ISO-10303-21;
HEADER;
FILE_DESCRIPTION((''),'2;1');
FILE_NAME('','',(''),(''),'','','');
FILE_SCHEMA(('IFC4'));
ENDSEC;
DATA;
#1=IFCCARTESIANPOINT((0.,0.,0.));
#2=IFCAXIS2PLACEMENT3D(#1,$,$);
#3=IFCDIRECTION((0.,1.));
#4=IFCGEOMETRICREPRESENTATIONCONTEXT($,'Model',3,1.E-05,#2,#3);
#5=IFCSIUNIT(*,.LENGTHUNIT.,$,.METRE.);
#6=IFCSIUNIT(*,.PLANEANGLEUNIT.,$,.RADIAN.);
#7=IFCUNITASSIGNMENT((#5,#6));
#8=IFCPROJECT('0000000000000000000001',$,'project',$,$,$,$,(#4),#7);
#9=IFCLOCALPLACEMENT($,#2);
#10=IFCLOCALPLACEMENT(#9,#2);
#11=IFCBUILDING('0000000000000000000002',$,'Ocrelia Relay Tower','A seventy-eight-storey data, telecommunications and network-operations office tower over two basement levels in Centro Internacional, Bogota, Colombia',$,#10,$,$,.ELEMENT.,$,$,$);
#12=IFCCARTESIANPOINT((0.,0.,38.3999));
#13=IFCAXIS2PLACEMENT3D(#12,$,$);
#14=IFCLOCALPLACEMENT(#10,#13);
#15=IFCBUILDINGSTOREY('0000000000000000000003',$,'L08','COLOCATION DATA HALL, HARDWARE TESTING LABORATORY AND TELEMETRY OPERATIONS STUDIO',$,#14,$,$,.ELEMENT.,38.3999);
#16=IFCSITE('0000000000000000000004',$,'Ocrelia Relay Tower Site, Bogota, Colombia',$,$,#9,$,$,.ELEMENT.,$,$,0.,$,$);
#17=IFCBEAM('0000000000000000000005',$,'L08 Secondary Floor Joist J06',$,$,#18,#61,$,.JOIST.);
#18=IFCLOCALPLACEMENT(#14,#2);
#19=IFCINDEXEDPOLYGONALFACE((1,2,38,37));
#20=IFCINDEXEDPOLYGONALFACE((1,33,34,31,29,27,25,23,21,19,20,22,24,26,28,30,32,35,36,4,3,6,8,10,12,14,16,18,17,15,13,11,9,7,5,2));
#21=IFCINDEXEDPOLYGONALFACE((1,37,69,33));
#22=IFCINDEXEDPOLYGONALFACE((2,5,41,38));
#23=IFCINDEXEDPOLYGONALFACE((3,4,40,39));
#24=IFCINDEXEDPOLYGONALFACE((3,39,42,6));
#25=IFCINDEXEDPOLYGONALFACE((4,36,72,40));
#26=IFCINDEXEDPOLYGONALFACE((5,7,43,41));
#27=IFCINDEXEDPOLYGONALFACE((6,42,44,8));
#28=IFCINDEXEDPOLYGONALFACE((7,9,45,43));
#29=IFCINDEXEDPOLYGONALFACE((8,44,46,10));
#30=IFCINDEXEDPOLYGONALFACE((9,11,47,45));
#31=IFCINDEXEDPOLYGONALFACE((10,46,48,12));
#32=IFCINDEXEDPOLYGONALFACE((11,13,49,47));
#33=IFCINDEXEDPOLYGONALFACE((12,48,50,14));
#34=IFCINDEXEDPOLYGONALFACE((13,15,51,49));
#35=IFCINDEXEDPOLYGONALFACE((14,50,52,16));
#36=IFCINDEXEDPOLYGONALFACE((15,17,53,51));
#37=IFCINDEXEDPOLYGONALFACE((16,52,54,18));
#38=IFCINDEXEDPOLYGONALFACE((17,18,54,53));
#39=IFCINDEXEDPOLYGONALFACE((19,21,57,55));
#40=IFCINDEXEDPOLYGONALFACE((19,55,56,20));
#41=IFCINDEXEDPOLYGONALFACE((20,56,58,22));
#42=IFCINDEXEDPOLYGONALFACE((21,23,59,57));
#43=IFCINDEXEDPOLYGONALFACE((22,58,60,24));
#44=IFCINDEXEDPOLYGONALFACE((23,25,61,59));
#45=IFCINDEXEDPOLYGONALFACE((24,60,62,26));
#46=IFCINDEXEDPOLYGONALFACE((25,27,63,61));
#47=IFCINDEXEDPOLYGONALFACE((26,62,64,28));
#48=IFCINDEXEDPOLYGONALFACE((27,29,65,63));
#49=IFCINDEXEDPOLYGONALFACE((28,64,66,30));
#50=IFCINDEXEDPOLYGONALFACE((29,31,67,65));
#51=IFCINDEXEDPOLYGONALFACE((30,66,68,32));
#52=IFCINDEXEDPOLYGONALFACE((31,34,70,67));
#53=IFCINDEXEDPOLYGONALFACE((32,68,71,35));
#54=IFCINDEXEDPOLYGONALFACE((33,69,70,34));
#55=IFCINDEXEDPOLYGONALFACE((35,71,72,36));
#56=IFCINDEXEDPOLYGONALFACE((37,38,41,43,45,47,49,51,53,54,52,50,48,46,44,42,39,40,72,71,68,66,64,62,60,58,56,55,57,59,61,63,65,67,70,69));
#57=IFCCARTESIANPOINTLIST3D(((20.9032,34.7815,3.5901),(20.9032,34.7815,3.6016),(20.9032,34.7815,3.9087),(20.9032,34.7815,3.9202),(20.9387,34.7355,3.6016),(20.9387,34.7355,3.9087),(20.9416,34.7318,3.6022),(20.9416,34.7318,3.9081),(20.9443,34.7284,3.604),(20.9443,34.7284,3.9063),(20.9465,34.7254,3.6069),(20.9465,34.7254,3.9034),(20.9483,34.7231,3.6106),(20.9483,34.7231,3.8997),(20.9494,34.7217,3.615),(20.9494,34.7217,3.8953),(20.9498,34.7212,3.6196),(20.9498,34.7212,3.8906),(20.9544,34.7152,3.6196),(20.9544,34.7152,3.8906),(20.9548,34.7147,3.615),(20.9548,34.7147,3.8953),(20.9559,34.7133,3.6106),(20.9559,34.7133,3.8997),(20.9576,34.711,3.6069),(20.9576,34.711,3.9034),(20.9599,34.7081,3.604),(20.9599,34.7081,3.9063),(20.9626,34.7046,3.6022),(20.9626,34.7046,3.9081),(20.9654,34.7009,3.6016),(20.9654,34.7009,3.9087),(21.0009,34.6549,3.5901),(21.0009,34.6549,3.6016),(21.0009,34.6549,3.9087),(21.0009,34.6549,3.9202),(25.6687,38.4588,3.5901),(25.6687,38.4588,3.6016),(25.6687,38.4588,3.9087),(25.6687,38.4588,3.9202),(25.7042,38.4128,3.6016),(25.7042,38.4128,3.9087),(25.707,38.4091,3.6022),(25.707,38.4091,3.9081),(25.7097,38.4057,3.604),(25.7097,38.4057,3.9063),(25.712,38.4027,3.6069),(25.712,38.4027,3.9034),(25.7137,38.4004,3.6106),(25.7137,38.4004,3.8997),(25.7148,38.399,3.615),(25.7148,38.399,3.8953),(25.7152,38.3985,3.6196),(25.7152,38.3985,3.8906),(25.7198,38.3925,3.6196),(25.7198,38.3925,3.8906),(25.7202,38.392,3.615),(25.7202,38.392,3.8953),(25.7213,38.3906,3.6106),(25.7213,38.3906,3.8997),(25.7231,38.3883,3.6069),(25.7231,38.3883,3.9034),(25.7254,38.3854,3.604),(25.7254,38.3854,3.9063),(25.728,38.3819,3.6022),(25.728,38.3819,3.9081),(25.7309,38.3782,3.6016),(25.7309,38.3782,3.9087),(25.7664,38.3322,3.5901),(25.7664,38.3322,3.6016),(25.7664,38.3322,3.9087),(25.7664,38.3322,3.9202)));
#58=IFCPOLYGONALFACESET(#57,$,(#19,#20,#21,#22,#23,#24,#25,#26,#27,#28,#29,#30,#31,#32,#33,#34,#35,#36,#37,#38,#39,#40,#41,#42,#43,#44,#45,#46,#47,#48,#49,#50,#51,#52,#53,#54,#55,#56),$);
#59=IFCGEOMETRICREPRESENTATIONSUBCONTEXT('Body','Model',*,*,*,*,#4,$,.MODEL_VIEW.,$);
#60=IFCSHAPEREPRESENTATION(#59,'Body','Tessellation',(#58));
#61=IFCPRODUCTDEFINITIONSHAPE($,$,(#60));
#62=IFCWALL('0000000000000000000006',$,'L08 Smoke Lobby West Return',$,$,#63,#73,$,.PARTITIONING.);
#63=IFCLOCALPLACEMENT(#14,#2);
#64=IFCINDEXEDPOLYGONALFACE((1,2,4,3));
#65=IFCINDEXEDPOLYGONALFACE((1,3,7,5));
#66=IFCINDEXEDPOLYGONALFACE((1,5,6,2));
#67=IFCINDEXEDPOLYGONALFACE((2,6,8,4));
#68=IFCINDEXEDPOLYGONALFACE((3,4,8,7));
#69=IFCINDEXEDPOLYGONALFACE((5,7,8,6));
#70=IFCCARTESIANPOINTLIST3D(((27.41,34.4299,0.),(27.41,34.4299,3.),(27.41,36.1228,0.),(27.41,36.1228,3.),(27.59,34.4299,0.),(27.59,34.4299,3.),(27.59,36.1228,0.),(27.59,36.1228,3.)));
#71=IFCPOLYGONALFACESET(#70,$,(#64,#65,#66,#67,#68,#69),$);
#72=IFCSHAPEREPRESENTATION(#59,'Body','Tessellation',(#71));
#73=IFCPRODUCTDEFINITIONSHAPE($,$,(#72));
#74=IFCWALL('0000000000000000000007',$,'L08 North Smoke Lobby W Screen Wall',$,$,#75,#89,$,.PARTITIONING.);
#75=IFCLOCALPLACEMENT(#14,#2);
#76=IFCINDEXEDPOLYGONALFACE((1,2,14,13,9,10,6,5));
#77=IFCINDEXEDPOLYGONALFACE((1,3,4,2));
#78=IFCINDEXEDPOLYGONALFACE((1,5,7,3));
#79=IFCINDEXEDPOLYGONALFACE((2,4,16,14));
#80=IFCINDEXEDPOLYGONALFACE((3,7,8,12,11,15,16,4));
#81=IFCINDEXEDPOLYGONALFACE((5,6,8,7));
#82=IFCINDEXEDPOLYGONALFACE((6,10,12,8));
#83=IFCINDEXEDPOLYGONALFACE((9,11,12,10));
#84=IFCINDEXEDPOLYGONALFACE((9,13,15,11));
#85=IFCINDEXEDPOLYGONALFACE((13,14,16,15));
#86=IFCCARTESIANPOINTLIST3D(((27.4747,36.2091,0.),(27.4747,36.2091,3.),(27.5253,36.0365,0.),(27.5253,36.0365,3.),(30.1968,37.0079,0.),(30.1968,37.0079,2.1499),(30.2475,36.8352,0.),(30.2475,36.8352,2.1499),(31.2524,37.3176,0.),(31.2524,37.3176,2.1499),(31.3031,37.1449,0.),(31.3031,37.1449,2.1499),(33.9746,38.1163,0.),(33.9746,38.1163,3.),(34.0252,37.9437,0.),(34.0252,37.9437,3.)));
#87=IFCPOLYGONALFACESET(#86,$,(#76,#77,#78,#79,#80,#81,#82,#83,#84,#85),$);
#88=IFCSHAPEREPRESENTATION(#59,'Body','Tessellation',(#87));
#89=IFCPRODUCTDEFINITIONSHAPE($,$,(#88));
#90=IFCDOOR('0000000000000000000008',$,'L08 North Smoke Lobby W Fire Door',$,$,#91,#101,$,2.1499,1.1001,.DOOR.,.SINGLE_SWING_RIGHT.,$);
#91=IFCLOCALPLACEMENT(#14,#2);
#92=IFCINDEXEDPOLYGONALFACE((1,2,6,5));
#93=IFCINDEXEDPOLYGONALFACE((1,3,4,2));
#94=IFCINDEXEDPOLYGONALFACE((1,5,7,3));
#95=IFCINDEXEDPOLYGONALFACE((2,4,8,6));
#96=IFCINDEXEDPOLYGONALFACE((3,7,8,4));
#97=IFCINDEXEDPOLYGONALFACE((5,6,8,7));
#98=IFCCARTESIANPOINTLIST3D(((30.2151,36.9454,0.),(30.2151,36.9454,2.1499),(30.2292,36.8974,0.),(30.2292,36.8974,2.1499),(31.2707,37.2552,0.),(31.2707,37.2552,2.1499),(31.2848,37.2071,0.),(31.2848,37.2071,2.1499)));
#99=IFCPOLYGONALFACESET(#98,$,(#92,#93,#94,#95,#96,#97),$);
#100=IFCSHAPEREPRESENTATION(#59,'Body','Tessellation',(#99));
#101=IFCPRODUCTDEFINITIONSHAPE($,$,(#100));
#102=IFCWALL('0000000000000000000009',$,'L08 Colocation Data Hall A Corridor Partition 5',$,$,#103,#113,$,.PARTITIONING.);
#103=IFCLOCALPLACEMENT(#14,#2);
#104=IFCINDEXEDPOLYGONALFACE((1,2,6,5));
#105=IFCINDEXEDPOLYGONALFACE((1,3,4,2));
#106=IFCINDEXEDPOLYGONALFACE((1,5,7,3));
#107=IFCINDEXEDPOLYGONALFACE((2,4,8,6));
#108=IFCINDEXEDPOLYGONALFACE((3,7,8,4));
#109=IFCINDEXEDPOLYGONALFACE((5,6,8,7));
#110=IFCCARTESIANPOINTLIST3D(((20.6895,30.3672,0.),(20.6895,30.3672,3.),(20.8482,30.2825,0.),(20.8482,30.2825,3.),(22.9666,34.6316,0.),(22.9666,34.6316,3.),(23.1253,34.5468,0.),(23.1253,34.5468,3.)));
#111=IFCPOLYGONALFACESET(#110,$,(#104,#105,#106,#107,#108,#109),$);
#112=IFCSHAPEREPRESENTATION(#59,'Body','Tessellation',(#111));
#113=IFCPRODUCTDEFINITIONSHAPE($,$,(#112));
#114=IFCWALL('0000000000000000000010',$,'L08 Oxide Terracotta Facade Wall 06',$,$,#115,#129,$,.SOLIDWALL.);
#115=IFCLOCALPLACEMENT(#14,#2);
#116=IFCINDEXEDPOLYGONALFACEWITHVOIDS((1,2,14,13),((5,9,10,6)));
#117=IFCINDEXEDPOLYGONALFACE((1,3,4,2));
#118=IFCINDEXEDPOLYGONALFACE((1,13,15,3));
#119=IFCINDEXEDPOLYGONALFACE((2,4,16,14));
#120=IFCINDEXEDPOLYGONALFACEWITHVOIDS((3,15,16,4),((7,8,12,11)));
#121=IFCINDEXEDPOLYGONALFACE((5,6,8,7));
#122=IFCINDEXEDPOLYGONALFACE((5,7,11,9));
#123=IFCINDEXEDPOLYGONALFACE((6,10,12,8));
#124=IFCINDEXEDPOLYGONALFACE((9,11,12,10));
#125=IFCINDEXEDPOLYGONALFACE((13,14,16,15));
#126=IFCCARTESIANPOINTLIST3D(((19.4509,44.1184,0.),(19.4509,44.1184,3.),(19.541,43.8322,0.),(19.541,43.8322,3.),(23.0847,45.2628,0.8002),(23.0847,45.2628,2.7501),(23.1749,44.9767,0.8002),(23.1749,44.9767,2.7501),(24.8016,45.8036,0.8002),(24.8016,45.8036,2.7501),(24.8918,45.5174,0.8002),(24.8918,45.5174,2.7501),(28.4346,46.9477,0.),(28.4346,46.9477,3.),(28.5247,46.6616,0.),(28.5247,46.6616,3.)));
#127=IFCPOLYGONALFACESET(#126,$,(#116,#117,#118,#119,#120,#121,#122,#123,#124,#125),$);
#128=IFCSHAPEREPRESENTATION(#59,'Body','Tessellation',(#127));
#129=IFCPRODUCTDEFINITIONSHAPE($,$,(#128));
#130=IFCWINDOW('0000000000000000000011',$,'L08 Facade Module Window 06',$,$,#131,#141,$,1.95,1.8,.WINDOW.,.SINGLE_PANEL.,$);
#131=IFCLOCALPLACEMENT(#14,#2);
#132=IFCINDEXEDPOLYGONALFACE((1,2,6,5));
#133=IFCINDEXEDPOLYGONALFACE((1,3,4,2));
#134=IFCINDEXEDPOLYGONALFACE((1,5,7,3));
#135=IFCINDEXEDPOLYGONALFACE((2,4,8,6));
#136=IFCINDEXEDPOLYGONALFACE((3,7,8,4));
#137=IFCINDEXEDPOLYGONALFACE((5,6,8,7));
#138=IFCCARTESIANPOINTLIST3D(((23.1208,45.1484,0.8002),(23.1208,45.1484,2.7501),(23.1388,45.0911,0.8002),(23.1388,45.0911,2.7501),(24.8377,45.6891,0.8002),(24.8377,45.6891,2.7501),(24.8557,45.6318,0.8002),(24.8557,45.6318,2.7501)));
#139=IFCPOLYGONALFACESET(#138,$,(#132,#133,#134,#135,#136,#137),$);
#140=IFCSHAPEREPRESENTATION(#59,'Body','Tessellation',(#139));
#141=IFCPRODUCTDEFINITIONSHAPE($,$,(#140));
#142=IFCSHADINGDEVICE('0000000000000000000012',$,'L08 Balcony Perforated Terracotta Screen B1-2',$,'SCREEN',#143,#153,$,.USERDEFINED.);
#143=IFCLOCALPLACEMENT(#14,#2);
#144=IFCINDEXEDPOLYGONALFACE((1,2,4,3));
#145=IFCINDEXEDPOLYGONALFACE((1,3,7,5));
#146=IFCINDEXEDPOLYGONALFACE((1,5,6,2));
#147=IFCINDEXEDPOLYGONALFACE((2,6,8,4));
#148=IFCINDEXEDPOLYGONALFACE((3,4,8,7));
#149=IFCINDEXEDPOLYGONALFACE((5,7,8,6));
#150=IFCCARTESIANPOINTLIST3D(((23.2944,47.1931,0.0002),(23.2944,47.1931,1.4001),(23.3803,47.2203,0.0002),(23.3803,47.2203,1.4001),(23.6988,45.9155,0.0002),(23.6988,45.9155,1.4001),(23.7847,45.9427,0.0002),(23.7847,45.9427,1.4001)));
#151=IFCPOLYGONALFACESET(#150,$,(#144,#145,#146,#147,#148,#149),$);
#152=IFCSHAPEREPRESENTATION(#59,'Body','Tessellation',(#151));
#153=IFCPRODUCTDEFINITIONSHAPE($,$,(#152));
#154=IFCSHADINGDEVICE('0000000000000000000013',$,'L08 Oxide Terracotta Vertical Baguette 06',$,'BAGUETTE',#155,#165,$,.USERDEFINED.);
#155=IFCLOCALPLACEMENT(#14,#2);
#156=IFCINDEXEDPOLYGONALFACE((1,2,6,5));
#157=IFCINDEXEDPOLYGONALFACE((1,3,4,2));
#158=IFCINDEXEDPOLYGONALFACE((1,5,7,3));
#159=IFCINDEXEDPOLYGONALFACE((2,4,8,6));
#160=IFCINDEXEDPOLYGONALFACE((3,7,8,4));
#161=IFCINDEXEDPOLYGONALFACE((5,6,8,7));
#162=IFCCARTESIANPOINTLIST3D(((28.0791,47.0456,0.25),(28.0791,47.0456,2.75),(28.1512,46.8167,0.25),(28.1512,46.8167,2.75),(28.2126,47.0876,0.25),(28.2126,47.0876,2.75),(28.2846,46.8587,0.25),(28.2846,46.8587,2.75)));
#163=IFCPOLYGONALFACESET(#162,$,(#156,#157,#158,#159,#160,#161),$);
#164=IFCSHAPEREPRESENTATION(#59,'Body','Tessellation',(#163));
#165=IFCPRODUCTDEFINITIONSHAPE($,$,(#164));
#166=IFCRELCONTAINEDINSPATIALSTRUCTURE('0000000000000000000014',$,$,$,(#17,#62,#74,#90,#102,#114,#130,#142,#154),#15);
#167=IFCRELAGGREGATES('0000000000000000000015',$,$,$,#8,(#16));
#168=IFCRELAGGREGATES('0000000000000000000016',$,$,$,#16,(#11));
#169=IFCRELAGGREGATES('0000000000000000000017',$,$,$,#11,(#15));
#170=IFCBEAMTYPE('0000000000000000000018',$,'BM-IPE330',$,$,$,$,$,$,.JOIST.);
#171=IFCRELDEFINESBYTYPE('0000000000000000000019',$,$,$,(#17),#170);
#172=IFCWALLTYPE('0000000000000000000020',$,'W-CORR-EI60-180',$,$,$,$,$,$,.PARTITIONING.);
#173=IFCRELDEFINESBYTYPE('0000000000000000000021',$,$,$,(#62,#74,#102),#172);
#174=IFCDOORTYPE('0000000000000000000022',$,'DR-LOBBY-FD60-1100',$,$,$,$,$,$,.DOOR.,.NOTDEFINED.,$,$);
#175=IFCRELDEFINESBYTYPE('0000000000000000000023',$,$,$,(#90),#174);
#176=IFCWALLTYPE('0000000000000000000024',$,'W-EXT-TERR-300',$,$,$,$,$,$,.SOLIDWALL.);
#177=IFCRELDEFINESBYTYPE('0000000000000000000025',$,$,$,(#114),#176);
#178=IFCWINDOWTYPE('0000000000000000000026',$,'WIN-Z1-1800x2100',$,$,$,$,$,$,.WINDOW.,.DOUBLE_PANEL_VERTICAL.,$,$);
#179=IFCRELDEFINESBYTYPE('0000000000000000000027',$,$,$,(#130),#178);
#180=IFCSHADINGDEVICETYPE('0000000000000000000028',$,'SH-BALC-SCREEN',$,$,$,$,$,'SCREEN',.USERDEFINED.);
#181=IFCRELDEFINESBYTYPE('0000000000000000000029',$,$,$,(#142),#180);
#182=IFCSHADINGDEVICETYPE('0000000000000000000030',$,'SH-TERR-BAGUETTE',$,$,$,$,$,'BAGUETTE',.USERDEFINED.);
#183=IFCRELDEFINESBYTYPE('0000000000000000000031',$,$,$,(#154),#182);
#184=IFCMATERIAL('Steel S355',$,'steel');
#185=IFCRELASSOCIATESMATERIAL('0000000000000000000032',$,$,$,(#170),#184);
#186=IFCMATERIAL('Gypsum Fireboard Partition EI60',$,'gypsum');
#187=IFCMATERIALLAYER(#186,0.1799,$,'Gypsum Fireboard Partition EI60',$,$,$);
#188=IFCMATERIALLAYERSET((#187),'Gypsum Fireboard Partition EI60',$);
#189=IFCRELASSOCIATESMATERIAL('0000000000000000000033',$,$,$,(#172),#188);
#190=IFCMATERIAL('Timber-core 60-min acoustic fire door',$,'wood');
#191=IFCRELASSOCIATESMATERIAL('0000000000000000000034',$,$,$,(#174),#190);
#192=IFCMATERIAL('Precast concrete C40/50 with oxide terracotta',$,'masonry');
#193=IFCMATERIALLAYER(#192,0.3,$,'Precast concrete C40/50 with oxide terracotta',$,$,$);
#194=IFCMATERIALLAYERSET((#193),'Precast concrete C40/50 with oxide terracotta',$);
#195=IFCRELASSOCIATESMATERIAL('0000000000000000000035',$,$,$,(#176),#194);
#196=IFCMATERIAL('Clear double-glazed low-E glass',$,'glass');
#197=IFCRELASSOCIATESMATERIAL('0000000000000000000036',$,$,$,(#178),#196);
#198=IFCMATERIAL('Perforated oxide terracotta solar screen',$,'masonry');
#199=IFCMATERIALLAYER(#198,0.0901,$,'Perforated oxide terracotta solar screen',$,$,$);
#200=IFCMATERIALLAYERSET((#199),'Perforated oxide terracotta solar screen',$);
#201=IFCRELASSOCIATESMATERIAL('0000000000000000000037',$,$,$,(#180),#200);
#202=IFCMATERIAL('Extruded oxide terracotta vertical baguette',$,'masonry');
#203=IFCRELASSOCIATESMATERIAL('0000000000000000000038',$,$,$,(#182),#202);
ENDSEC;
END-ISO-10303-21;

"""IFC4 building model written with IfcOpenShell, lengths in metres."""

from ifc_helpers import new_model, si_unit, direction, frame, frame_2d, origin, origin_2d, place, context, subcontext, project, spatial, rectangle, i_section, extrude, material, layer, layer_set, material_profile, profile_set, type_object, element, fill, save


model = new_model("IFC4")

# Units and contexts
model_context = context("Model", 3, precision=1e-05, world=origin(), true_north=direction((0.0, 1.0)))
body_context = subcontext(model_context, "Body", "Model", "MODEL_VIEW")
ifc_project = project(units=[si_unit("LENGTHUNIT", "METRE"), si_unit("PLANEANGLEUNIT", "RADIAN")], contexts=[model_context])

# Site, building, storey
site_placement = place(None, origin())
site = spatial("IfcSite", under=ifc_project, at=site_placement, Name="Ocrelia Relay Tower Site, Bogota, Colombia", CompositionType="ELEMENT", RefElevation=0.0)
building_placement = place(site_placement, origin())
building = spatial("IfcBuilding", under=site, at=building_placement, Name="Ocrelia Relay Tower", Description="A seventy-eight-storey data, telecommunications and network-operations office tower over two basement levels in Centro Internacional, Bogota, Colombia", CompositionType="ELEMENT")
storey_placement = place(building_placement, frame((0.0, 0.0, 38.3999)))
storey = spatial("IfcBuildingStorey", under=building, at=storey_placement, Name="L08", Description="COLOCATION DATA HALL, HARDWARE TESTING LABORATORY AND TELEMETRY OPERATIONS STUDIO", CompositionType="ELEMENT", Elevation=38.3999)

# Beam
ifc_material_1 = material(Name="Steel S355", Category="steel")
ifc_material_profile_1 = material_profile(ifc_material_1, i_section(OverallWidth=0.1599, OverallDepth=0.3301, WebThickness=0.0076, FlangeThickness=0.0115, FilletRadius=0.0181, at=origin_2d()), Name="IPE 330")
ifc_profile_set_1 = profile_set([ifc_material_profile_1], Name="Steel S355")
beam_type_1 = type_object("IfcBeamType", Name="BM-IPE330", PredefinedType="JOIST", material=ifc_profile_set_1)
beam_1_placement = place(storey_placement, frame((25.7175, 38.3955, 3.7551), z_axis=(-0.791694, -0.610918, 0.0), x_axis=(0.610918, -0.791694, 0.0)))
element("IfcBeam", 1, at=beam_1_placement, inside=storey, type_object=beam_type_1, Name="L08 Secondary Floor Joist J06", PredefinedType="JOIST", context=body_context, shape_type="SweptSolid", body=[
    extrude(i_section(OverallWidth=0.1599, OverallDepth=0.3301, WebThickness=0.0076, FlangeThickness=0.0115, FilletRadius=0.0181, at=origin_2d()), origin(), (0.0, 0.0, 1.0), 6.0193),
])

# Wall
ifc_material_2 = material(Name="Gypsum Fireboard Partition EI60", Category="gypsum")
ifc_layer_1 = layer(ifc_material_2, 0.1799, Name="Gypsum Fireboard Partition EI60")
ifc_layer_set_1 = layer_set([ifc_layer_1], Name="Gypsum Fireboard Partition EI60")
wall_type_1 = type_object("IfcWallType", Name="W-CORR-EI60-180", PredefinedType="PARTITIONING", material=ifc_layer_set_1)
wall_1_placement = place(storey_placement, frame((27.5, 34.4299, 0.0), z_axis=(0.0, 0.0, 1.0), x_axis=(0.0, 1.0, 0.0)))
element("IfcWall", 2, at=wall_1_placement, inside=storey, type_object=wall_type_1, Name="L08 Smoke Lobby West Return", PredefinedType="PARTITIONING", context=body_context, shape_type="SweptSolid", body=[
    extrude(rectangle(XDim=1.6929, YDim=0.1799, at=frame_2d((0.8464, 0.0))), origin(), (0.0, 0.0, 1.0), 3.0),
])

# Wall, opening, door
wall_2_placement = place(storey_placement, frame((27.5, 36.1228, 0.0), z_axis=(0.0, 0.0, 1.0), x_axis=(0.959547, 0.28155, 0.0)))
wall_2 = element("IfcWall", 3, at=wall_2_placement, inside=storey, type_object=wall_type_1, Name="L08 North Smoke Lobby W Screen Wall", PredefinedType="PARTITIONING", context=body_context, shape_type="SweptSolid", body=[
    extrude(rectangle(XDim=6.7739, YDim=0.1799, at=frame_2d((3.387, 0.0))), origin(), (0.0, 0.0, 1.0), 3.0),
])
opening_1_placement = place(wall_2_placement, frame((2.8369, 0.0, 0.0)))
opening_1 = element("IfcOpeningElement", 4, at=opening_1_placement, cuts=wall_2, PredefinedType="OPENING", context=body_context, shape_type="SweptSolid", body=[
    extrude(rectangle(XDim=1.1001, YDim=2.1499, at=frame_2d((0.55, 1.075))), frame((0.0, 0.1001, 0.0), z_axis=(0.0, -1.0, 0.0), x_axis=(1.0, 0.0, 0.0)), (0.0, 0.0, 1.0), 0.2),
])
ifc_material_3 = material(Name="Timber-core 60-min acoustic fire door", Category="wood")
door_type_1 = type_object("IfcDoorType", Name="DR-LOBBY-FD60-1100", OperationType="NOTDEFINED", PredefinedType="DOOR", material=ifc_material_3)
door_1_placement = place(opening_1_placement, origin())
door_1 = element("IfcDoor", 5, at=door_1_placement, inside=storey, type_object=door_type_1, Name="L08 North Smoke Lobby W Fire Door", OperationType="SINGLE_SWING_RIGHT", OverallHeight=2.1499, OverallWidth=1.1001, PredefinedType="DOOR", context=body_context, shape_type="SweptSolid", body=[
    extrude(rectangle(XDim=1.1001, YDim=2.1499, at=frame_2d((0.55, 1.075))), frame((0.0, 0.0249, 0.0), z_axis=(0.0, -1.0, 0.0), x_axis=(1.0, 0.0, 0.0)), (0.0, 0.0, 1.0), 0.05),
])
fill(opening_1, door_1)

# Wall
wall_3_placement = place(storey_placement, frame((23.0459, 34.5891, 0.0), z_axis=(0.0, 0.0, 1.0), x_axis=(-0.471031, -0.882117, 0.0)))
element("IfcWall", 6, at=wall_3_placement, inside=storey, type_object=wall_type_1, Name="L08 Colocation Data Hall A Corridor Partition 5", PredefinedType="PARTITIONING", context=body_context, shape_type="SweptSolid", body=[
    extrude(rectangle(XDim=4.8342, YDim=0.1799, at=frame_2d((2.417, 0.0))), origin(), (0.0, 0.0, 1.0), 3.0),
])

# Wall, opening, window
ifc_material_4 = material(Name="Precast concrete C40/50 with oxide terracotta", Category="masonry")
ifc_layer_2 = layer(ifc_material_4, 0.3, Name="Precast concrete C40/50 with oxide terracotta")
ifc_layer_set_2 = layer_set([ifc_layer_2], Name="Precast concrete C40/50 with oxide terracotta")
wall_type_2 = type_object("IfcWallType", Name="W-EXT-TERR-300", PredefinedType="SOLIDWALL", material=ifc_layer_set_2)
wall_4_placement = place(storey_placement, frame((28.4797, 46.8047, 0.0), z_axis=(0.0, 0.0, 1.0), x_axis=(-0.953814, -0.300398, 0.0)))
wall_4 = element("IfcWall", 7, at=wall_4_placement, inside=storey, type_object=wall_type_2, Name="L08 Oxide Terracotta Facade Wall 06", PredefinedType="SOLIDWALL", context=body_context, shape_type="SweptSolid", body=[
    extrude(rectangle(XDim=9.4187, YDim=0.3, at=frame_2d((4.7095, 0.0))), origin(), (0.0, 0.0, 1.0), 3.0),
])
opening_2_placement = place(wall_4_placement, frame((3.8091, 0.0, 0.8)))
opening_2 = element("IfcOpeningElement", 8, at=opening_2_placement, cuts=wall_4, PredefinedType="OPENING", context=body_context, shape_type="SweptSolid", body=[
    extrude(rectangle(XDim=1.8, YDim=1.95, at=frame_2d((0.8999, 0.9751))), frame((0.0, 0.1602, 0.0), z_axis=(0.0, -1.0, 0.0), x_axis=(1.0, 0.0, 0.0)), (0.0, 0.0, 1.0), 0.3201),
])
ifc_material_5 = material(Name="Clear double-glazed low-E glass", Category="glass")
window_type = type_object("IfcWindowType", Name="WIN-Z1-1800x2100", PartitioningType="DOUBLE_PANEL_VERTICAL", PredefinedType="WINDOW", material=ifc_material_5)
window_placement = place(opening_2_placement, origin())
window = element("IfcWindow", 9, at=window_placement, inside=storey, type_object=window_type, Name="L08 Facade Module Window 06", OverallHeight=1.95, OverallWidth=1.8, PartitioningType="SINGLE_PANEL", PredefinedType="WINDOW", context=body_context, shape_type="SweptSolid", body=[
    extrude(rectangle(XDim=1.8, YDim=1.95, at=frame_2d((0.8999, 0.9751))), frame((0.0, 0.03, 0.0), z_axis=(0.0, -1.0, 0.0), x_axis=(1.0, 0.0, 0.0)), (0.0, 0.0, 1.0), 0.0601),
])
fill(opening_2, window)

# Shading devices
ifc_material_6 = material(Name="Perforated oxide terracotta solar screen", Category="masonry")
ifc_layer_3 = layer(ifc_material_6, 0.0901, Name="Perforated oxide terracotta solar screen")
ifc_layer_set_3 = layer_set([ifc_layer_3], Name="Perforated oxide terracotta solar screen")
shading_device_type_1 = type_object("IfcShadingDeviceType", Name="SH-BALC-SCREEN", ElementType="SCREEN", PredefinedType="USERDEFINED", material=ifc_layer_set_3)
shading_device_1_placement = place(storey_placement, frame((23.5396, 46.5679, 0.0002), z_axis=(0.0, 0.0, 1.0), x_axis=(-0.301767, 0.953382, 0.0)))
element("IfcShadingDevice", 10, at=shading_device_1_placement, inside=storey, type_object=shading_device_type_1, Name="L08 Balcony Perforated Terracotta Screen B1-2", ObjectType="SCREEN", PredefinedType="USERDEFINED", context=body_context, shape_type="SweptSolid", body=[
    extrude(rectangle(XDim=1.3401, YDim=0.0901, at=origin_2d()), origin(), (0.0, 0.0, 1.0), 1.3999),
])
ifc_material_7 = material(Name="Extruded oxide terracotta vertical baguette", Category="masonry")
shading_device_type_2 = type_object("IfcShadingDeviceType", Name="SH-TERR-BAGUETTE", ElementType="BAGUETTE", PredefinedType="USERDEFINED", material=ifc_material_7)
shading_device_2_placement = place(storey_placement, frame((28.1819, 46.9521, 0.25), z_axis=(0.0, 0.0, 1.0), x_axis=(-0.95381, -0.300411, 0.0)))
element("IfcShadingDevice", 11, at=shading_device_2_placement, inside=storey, type_object=shading_device_type_2, Name="L08 Oxide Terracotta Vertical Baguette 06", ObjectType="BAGUETTE", PredefinedType="USERDEFINED", context=body_context, shape_type="SweptSolid", body=[
    extrude(rectangle(XDim=0.1399, YDim=0.24, at=origin_2d()), origin(), (0.0, 0.0, 1.0), 2.5),
])

save(model, "model.ifc")
